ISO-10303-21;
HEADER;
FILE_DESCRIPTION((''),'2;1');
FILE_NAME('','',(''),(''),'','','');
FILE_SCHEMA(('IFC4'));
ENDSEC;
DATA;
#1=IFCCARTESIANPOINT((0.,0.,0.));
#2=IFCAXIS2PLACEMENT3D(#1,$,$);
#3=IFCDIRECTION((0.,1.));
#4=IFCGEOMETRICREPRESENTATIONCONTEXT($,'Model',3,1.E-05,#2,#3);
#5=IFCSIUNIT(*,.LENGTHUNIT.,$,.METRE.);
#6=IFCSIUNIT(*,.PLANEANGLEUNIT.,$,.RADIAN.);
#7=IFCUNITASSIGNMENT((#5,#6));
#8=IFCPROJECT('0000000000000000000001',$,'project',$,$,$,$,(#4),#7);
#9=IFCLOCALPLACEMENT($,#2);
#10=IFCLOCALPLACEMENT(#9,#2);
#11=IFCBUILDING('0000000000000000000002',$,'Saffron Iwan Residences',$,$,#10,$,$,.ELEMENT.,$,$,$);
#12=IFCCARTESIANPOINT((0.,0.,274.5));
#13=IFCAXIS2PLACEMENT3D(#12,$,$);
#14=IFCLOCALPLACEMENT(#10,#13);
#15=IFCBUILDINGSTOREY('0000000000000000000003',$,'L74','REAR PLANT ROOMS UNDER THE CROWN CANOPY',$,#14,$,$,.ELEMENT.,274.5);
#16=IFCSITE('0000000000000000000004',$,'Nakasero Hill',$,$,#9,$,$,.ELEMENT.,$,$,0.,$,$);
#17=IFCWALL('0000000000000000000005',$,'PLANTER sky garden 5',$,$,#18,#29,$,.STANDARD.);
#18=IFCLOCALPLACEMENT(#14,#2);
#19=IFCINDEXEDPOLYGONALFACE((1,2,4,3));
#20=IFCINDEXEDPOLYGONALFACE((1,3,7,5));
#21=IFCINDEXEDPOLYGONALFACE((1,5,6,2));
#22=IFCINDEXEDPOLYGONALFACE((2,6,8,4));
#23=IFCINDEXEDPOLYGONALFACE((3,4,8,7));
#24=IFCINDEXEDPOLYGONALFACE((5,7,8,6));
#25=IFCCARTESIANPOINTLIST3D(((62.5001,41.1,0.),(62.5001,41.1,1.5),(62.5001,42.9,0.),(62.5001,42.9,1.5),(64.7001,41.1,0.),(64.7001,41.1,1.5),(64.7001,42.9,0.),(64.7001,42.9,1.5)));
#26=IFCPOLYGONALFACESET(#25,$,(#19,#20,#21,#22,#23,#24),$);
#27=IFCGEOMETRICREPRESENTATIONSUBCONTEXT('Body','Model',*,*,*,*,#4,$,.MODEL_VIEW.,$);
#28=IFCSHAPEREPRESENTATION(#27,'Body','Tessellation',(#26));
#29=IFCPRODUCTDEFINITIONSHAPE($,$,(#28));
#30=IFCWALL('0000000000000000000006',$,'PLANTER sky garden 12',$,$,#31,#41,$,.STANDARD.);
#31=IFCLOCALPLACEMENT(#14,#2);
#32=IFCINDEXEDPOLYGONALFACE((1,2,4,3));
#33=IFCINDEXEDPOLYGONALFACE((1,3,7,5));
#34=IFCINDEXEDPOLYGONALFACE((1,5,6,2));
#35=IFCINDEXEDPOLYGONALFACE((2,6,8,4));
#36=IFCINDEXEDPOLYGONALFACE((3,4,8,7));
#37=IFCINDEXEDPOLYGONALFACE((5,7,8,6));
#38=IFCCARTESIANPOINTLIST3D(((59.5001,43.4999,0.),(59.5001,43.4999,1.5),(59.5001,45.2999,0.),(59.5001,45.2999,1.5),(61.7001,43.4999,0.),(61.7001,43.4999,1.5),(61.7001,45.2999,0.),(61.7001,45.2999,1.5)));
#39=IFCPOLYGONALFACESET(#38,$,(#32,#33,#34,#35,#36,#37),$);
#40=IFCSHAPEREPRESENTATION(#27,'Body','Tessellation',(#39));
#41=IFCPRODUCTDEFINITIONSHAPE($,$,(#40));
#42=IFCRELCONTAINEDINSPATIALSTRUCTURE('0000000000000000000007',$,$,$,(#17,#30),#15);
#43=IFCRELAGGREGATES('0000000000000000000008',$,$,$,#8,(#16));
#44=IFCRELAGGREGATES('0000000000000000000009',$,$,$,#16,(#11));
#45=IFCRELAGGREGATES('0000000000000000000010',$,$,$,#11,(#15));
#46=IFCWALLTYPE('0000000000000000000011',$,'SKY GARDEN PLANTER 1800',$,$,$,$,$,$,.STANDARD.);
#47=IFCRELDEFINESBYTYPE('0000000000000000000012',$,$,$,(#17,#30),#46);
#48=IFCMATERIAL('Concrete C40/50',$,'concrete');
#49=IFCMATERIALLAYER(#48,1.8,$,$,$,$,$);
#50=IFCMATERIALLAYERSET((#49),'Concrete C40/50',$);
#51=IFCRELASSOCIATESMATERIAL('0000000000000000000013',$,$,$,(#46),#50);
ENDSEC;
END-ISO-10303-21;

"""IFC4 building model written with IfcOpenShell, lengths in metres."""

from ifc_helpers import new_model, si_unit, direction, frame, frame_2d, origin, place, context, subcontext, project, spatial, rectangle, extrude, material, layer, layer_set, type_object, element, save


model = new_model("IFC4")

# Units and contexts
model_context = context("Model", 3, precision=1e-05, world=origin(), true_north=direction((0.0, 1.0)))
body_context = subcontext(model_context, "Body", "Model", "MODEL_VIEW")
ifc_project = project(units=[si_unit("LENGTHUNIT", "METRE"), si_unit("PLANEANGLEUNIT", "RADIAN")], contexts=[model_context])

# Site, building, storey
site_placement = place(None, origin())
site = spatial("IfcSite", under=ifc_project, at=site_placement, Name="Nakasero Hill", CompositionType="ELEMENT", RefElevation=0.0)
building_placement = place(site_placement, origin())
building = spatial("IfcBuilding", under=site, at=building_placement, Name="Saffron Iwan Residences", CompositionType="ELEMENT")
storey_placement = place(building_placement, frame((0.0, 0.0, 274.5)))
storey = spatial("IfcBuildingStorey", under=building, at=storey_placement, Name="L74", Description="REAR PLANT ROOMS UNDER THE CROWN CANOPY", CompositionType="ELEMENT", Elevation=274.5)

# Shared definitions
ifc_material_1 = material(Name="Concrete C40/50", Category="concrete")

# Walls
ifc_layer_1 = layer(ifc_material_1, 1.8)
ifc_layer_set_1 = layer_set([ifc_layer_1], Name="Concrete C40/50")
wall_type_1 = type_object("IfcWallType", Name="SKY GARDEN PLANTER 1800", PredefinedType="STANDARD", material=ifc_layer_set_1)
for number, where, z_axis, x_axis, name in (
    (1, (62.5, 42.0, 0.0), (0.0, 0.0, 1.0), (1.0, 0.0, 0.0), "PLANTER sky garden 5"),
    (2, (59.5, 44.3999, 0.0), (0.0, 0.0, 1.0), (1.0, 0.0, 0.0), "PLANTER sky garden 12"),
):
    element("IfcWall", number, at=place(storey_placement, frame(where, z_axis=z_axis, x_axis=x_axis)), inside=storey, type_object=wall_type_1, Name=name, PredefinedType="STANDARD", context=body_context, shape_type="SweptSolid", body=[
        extrude(rectangle(XDim=2.2, YDim=1.8, at=frame_2d((1.1001, 0.0))), origin(), (0.0, 0.0, 1.0), 1.5),
    ])

save(model, "model.ifc")
